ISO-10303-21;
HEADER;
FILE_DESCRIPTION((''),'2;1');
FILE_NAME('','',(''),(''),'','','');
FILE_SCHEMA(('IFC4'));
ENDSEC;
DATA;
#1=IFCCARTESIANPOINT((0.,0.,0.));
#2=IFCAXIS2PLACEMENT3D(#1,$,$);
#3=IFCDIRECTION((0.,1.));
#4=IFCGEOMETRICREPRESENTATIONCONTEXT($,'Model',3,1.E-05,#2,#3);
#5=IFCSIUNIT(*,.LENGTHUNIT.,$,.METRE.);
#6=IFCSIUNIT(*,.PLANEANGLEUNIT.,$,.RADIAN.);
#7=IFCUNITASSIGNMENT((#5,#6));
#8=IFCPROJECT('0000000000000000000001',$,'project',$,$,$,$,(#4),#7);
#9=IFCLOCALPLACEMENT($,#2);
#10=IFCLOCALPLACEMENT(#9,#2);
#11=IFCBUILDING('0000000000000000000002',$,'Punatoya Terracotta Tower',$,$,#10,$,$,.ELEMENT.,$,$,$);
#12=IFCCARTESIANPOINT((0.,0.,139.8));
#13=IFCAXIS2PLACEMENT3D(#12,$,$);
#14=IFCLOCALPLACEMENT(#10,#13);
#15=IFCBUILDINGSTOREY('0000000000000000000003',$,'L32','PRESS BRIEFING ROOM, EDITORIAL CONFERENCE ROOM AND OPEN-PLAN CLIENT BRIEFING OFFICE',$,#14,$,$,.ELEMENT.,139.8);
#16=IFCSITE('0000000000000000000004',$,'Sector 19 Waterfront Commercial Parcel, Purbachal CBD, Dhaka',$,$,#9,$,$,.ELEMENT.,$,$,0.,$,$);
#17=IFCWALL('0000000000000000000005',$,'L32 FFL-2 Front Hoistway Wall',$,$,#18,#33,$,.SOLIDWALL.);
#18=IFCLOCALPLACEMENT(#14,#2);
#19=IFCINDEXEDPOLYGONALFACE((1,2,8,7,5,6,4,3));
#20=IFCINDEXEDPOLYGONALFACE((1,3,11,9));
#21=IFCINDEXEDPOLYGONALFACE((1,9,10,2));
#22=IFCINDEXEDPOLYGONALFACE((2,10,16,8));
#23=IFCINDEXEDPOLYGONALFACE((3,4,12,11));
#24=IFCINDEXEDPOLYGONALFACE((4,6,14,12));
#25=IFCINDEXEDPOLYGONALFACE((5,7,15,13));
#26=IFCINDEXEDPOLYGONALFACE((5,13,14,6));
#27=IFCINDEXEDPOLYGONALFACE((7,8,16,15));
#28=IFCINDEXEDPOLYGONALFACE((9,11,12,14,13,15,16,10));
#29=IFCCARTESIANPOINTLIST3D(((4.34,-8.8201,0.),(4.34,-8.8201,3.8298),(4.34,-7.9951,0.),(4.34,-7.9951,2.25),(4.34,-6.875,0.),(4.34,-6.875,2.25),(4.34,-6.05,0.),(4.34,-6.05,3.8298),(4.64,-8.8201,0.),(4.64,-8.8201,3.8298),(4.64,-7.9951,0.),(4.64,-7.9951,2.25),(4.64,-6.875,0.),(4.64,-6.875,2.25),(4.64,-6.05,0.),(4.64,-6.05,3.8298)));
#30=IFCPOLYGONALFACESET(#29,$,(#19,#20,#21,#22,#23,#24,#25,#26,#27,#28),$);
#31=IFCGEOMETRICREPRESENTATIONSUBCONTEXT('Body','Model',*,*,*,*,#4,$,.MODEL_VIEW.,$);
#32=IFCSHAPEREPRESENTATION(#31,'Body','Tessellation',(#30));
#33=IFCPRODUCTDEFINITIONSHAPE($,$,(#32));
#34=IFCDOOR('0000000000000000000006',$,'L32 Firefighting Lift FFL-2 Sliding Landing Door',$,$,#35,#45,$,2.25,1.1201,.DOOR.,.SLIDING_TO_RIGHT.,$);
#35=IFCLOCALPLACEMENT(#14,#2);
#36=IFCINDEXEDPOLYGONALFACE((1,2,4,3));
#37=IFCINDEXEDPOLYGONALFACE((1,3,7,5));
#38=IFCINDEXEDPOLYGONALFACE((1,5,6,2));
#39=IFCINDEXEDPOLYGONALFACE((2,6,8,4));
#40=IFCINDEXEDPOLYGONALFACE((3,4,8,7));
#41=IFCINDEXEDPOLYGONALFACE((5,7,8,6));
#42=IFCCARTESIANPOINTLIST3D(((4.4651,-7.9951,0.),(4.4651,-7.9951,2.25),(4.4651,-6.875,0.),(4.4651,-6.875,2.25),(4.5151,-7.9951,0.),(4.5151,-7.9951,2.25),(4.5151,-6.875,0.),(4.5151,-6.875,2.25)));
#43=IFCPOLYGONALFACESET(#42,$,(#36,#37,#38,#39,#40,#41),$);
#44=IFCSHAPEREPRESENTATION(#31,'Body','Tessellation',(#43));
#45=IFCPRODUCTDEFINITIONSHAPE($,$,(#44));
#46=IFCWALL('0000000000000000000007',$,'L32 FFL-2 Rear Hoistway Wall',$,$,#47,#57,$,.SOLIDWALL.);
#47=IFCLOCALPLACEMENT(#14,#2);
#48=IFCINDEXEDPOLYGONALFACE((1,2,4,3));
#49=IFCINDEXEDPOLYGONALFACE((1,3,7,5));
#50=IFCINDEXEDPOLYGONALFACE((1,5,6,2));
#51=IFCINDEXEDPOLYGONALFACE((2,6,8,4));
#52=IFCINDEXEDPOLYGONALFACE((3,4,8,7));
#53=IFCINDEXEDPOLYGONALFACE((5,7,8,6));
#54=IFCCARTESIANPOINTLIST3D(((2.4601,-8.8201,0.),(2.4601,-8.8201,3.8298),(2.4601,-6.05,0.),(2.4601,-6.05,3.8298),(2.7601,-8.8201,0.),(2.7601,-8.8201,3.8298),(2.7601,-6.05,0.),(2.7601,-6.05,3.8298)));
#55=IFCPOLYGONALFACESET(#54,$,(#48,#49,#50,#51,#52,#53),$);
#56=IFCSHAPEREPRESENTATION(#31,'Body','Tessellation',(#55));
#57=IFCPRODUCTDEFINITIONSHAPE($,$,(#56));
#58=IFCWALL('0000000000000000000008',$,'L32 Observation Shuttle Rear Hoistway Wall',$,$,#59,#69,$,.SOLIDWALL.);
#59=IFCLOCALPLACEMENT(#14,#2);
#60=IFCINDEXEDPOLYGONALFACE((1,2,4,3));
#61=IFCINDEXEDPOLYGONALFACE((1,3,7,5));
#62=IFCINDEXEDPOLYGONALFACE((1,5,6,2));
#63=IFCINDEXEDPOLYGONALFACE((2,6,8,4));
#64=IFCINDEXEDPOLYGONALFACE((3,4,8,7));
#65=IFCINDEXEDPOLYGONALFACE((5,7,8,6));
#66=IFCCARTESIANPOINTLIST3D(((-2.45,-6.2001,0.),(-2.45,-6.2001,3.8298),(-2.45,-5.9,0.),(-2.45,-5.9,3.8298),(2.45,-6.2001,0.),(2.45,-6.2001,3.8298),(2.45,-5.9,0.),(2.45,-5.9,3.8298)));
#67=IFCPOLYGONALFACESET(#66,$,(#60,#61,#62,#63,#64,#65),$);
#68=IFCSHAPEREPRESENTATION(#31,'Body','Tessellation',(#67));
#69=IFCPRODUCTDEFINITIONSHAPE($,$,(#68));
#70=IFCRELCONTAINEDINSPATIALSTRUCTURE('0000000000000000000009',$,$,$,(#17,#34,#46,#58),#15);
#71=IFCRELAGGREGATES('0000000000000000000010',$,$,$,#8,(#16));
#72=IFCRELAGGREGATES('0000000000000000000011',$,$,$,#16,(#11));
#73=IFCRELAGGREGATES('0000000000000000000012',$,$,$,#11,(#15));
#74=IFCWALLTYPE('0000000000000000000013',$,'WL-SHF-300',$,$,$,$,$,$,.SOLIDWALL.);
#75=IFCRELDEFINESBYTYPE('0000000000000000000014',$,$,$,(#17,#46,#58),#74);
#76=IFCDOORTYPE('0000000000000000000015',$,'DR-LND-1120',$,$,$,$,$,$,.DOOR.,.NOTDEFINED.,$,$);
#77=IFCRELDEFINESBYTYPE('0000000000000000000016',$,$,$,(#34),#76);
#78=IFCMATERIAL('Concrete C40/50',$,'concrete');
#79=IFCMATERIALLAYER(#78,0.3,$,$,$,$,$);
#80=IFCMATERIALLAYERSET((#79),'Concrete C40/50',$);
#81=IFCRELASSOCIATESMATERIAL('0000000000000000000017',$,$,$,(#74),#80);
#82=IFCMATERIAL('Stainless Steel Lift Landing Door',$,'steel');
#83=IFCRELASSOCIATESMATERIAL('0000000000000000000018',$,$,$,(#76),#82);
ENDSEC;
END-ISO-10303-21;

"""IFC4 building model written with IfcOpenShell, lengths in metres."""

from ifc_helpers import new_model, si_unit, direction, frame, frame_2d, origin, place, context, subcontext, project, spatial, rectangle, extrude, material, layer, layer_set, type_object, element, fill, save


model = new_model("IFC4")

# Units and contexts
model_context = context("Model", 3, precision=1e-05, world=origin(), true_north=direction((0.0, 1.0)))
body_context = subcontext(model_context, "Body", "Model", "MODEL_VIEW")
ifc_project = project(units=[si_unit("LENGTHUNIT", "METRE"), si_unit("PLANEANGLEUNIT", "RADIAN")], contexts=[model_context])

# Site, building, storey
site_placement = place(None, origin())
site = spatial("IfcSite", under=ifc_project, at=site_placement, Name="Sector 19 Waterfront Commercial Parcel, Purbachal CBD, Dhaka", CompositionType="ELEMENT", RefElevation=0.0)
building_placement = place(site_placement, origin())
building = spatial("IfcBuilding", under=site, at=building_placement, Name="Punatoya Terracotta Tower", CompositionType="ELEMENT")
storey_placement = place(building_placement, frame((0.0, 0.0, 139.8)))
storey = spatial("IfcBuildingStorey", under=building, at=storey_placement, Name="L32", Description="PRESS BRIEFING ROOM, EDITORIAL CONFERENCE ROOM AND OPEN-PLAN CLIENT BRIEFING OFFICE", CompositionType="ELEMENT", Elevation=139.8)

# Shared definitions
ifc_material_1 = material(Name="Concrete C40/50", Category="concrete")
ifc_layer_1 = layer(ifc_material_1, 0.3)
ifc_layer_set_1 = layer_set([ifc_layer_1], Name="Concrete C40/50")
wall_type_1 = type_object("IfcWallType", Name="WL-SHF-300", PredefinedType="SOLIDWALL", material=ifc_layer_set_1)

# Wall, opening, door
wall_1_placement = place(storey_placement, frame((4.49, -8.8201, 0.0), z_axis=(0.0, 0.0, 1.0), x_axis=(0.0, 1.0, 0.0)))
wall_1 = element("IfcWall", 1, at=wall_1_placement, inside=storey, type_object=wall_type_1, Name="L32 FFL-2 Front Hoistway Wall", PredefinedType="SOLIDWALL", context=body_context, shape_type="SweptSolid", body=[
    extrude(rectangle(XDim=2.77, YDim=0.3, at=frame_2d((1.385, 0.0))), origin(), (0.0, 0.0, 1.0), 3.8298),
])
opening_1_placement = place(wall_1_placement, frame((0.825, 0.0, 0.0)))
opening_1 = element("IfcOpeningElement", 2, at=opening_1_placement, cuts=wall_1, PredefinedType="OPENING", context=body_context, shape_type="SweptSolid", body=[
    extrude(rectangle(XDim=1.1201, YDim=2.25, at=frame_2d((0.5601, 1.125))), frame((0.0, 0.1599, 0.0), z_axis=(0.0, -1.0, 0.0), x_axis=(1.0, 0.0, 0.0)), (0.0, 0.0, 1.0), 0.3201),
])
ifc_material_2 = material(Name="Stainless Steel Lift Landing Door", Category="steel")
door_type_1 = type_object("IfcDoorType", Name="DR-LND-1120", OperationType="NOTDEFINED", PredefinedType="DOOR", material=ifc_material_2)
door_1_placement = place(opening_1_placement, origin())
door_1 = element("IfcDoor", 3, at=door_1_placement, inside=storey, type_object=door_type_1, Name="L32 Firefighting Lift FFL-2 Sliding Landing Door", OperationType="SLIDING_TO_RIGHT", OverallHeight=2.25, OverallWidth=1.1201, PredefinedType="DOOR", context=body_context, shape_type="SweptSolid", body=[
    extrude(rectangle(XDim=1.1201, YDim=2.25, at=frame_2d((0.5601, 1.125))), frame((0.0, 0.0249, 0.0), z_axis=(0.0, -1.0, 0.0), x_axis=(1.0, 0.0, 0.0)), (0.0, 0.0, 1.0), 0.05),
])
fill(opening_1, door_1)

# Walls
wall_2_placement = place(storey_placement, frame((2.6101, -8.8201, 0.0), z_axis=(0.0, 0.0, 1.0), x_axis=(0.0, 1.0, 0.0)))
element("IfcWall", 4, at=wall_2_placement, inside=storey, type_object=wall_type_1, Name="L32 FFL-2 Rear Hoistway Wall", PredefinedType="SOLIDWALL", context=body_context, shape_type="SweptSolid", body=[
    extrude(rectangle(XDim=2.77, YDim=0.3, at=frame_2d((1.385, 0.0))), origin(), (0.0, 0.0, 1.0), 3.8298),
])
wall_3_placement = place(storey_placement, frame((-2.45, -6.05, 0.0), z_axis=(0.0, 0.0, 1.0), x_axis=(1.0, 0.0, 0.0)))
element("IfcWall", 5, at=wall_3_placement, inside=storey, type_object=wall_type_1, Name="L32 Observation Shuttle Rear Hoistway Wall", PredefinedType="SOLIDWALL", context=body_context, shape_type="SweptSolid", body=[
    extrude(rectangle(XDim=4.8999, YDim=0.3, at=frame_2d((2.45, 0.0))), origin(), (0.0, 0.0, 1.0), 3.8298),
])

save(model, "model.ifc")
